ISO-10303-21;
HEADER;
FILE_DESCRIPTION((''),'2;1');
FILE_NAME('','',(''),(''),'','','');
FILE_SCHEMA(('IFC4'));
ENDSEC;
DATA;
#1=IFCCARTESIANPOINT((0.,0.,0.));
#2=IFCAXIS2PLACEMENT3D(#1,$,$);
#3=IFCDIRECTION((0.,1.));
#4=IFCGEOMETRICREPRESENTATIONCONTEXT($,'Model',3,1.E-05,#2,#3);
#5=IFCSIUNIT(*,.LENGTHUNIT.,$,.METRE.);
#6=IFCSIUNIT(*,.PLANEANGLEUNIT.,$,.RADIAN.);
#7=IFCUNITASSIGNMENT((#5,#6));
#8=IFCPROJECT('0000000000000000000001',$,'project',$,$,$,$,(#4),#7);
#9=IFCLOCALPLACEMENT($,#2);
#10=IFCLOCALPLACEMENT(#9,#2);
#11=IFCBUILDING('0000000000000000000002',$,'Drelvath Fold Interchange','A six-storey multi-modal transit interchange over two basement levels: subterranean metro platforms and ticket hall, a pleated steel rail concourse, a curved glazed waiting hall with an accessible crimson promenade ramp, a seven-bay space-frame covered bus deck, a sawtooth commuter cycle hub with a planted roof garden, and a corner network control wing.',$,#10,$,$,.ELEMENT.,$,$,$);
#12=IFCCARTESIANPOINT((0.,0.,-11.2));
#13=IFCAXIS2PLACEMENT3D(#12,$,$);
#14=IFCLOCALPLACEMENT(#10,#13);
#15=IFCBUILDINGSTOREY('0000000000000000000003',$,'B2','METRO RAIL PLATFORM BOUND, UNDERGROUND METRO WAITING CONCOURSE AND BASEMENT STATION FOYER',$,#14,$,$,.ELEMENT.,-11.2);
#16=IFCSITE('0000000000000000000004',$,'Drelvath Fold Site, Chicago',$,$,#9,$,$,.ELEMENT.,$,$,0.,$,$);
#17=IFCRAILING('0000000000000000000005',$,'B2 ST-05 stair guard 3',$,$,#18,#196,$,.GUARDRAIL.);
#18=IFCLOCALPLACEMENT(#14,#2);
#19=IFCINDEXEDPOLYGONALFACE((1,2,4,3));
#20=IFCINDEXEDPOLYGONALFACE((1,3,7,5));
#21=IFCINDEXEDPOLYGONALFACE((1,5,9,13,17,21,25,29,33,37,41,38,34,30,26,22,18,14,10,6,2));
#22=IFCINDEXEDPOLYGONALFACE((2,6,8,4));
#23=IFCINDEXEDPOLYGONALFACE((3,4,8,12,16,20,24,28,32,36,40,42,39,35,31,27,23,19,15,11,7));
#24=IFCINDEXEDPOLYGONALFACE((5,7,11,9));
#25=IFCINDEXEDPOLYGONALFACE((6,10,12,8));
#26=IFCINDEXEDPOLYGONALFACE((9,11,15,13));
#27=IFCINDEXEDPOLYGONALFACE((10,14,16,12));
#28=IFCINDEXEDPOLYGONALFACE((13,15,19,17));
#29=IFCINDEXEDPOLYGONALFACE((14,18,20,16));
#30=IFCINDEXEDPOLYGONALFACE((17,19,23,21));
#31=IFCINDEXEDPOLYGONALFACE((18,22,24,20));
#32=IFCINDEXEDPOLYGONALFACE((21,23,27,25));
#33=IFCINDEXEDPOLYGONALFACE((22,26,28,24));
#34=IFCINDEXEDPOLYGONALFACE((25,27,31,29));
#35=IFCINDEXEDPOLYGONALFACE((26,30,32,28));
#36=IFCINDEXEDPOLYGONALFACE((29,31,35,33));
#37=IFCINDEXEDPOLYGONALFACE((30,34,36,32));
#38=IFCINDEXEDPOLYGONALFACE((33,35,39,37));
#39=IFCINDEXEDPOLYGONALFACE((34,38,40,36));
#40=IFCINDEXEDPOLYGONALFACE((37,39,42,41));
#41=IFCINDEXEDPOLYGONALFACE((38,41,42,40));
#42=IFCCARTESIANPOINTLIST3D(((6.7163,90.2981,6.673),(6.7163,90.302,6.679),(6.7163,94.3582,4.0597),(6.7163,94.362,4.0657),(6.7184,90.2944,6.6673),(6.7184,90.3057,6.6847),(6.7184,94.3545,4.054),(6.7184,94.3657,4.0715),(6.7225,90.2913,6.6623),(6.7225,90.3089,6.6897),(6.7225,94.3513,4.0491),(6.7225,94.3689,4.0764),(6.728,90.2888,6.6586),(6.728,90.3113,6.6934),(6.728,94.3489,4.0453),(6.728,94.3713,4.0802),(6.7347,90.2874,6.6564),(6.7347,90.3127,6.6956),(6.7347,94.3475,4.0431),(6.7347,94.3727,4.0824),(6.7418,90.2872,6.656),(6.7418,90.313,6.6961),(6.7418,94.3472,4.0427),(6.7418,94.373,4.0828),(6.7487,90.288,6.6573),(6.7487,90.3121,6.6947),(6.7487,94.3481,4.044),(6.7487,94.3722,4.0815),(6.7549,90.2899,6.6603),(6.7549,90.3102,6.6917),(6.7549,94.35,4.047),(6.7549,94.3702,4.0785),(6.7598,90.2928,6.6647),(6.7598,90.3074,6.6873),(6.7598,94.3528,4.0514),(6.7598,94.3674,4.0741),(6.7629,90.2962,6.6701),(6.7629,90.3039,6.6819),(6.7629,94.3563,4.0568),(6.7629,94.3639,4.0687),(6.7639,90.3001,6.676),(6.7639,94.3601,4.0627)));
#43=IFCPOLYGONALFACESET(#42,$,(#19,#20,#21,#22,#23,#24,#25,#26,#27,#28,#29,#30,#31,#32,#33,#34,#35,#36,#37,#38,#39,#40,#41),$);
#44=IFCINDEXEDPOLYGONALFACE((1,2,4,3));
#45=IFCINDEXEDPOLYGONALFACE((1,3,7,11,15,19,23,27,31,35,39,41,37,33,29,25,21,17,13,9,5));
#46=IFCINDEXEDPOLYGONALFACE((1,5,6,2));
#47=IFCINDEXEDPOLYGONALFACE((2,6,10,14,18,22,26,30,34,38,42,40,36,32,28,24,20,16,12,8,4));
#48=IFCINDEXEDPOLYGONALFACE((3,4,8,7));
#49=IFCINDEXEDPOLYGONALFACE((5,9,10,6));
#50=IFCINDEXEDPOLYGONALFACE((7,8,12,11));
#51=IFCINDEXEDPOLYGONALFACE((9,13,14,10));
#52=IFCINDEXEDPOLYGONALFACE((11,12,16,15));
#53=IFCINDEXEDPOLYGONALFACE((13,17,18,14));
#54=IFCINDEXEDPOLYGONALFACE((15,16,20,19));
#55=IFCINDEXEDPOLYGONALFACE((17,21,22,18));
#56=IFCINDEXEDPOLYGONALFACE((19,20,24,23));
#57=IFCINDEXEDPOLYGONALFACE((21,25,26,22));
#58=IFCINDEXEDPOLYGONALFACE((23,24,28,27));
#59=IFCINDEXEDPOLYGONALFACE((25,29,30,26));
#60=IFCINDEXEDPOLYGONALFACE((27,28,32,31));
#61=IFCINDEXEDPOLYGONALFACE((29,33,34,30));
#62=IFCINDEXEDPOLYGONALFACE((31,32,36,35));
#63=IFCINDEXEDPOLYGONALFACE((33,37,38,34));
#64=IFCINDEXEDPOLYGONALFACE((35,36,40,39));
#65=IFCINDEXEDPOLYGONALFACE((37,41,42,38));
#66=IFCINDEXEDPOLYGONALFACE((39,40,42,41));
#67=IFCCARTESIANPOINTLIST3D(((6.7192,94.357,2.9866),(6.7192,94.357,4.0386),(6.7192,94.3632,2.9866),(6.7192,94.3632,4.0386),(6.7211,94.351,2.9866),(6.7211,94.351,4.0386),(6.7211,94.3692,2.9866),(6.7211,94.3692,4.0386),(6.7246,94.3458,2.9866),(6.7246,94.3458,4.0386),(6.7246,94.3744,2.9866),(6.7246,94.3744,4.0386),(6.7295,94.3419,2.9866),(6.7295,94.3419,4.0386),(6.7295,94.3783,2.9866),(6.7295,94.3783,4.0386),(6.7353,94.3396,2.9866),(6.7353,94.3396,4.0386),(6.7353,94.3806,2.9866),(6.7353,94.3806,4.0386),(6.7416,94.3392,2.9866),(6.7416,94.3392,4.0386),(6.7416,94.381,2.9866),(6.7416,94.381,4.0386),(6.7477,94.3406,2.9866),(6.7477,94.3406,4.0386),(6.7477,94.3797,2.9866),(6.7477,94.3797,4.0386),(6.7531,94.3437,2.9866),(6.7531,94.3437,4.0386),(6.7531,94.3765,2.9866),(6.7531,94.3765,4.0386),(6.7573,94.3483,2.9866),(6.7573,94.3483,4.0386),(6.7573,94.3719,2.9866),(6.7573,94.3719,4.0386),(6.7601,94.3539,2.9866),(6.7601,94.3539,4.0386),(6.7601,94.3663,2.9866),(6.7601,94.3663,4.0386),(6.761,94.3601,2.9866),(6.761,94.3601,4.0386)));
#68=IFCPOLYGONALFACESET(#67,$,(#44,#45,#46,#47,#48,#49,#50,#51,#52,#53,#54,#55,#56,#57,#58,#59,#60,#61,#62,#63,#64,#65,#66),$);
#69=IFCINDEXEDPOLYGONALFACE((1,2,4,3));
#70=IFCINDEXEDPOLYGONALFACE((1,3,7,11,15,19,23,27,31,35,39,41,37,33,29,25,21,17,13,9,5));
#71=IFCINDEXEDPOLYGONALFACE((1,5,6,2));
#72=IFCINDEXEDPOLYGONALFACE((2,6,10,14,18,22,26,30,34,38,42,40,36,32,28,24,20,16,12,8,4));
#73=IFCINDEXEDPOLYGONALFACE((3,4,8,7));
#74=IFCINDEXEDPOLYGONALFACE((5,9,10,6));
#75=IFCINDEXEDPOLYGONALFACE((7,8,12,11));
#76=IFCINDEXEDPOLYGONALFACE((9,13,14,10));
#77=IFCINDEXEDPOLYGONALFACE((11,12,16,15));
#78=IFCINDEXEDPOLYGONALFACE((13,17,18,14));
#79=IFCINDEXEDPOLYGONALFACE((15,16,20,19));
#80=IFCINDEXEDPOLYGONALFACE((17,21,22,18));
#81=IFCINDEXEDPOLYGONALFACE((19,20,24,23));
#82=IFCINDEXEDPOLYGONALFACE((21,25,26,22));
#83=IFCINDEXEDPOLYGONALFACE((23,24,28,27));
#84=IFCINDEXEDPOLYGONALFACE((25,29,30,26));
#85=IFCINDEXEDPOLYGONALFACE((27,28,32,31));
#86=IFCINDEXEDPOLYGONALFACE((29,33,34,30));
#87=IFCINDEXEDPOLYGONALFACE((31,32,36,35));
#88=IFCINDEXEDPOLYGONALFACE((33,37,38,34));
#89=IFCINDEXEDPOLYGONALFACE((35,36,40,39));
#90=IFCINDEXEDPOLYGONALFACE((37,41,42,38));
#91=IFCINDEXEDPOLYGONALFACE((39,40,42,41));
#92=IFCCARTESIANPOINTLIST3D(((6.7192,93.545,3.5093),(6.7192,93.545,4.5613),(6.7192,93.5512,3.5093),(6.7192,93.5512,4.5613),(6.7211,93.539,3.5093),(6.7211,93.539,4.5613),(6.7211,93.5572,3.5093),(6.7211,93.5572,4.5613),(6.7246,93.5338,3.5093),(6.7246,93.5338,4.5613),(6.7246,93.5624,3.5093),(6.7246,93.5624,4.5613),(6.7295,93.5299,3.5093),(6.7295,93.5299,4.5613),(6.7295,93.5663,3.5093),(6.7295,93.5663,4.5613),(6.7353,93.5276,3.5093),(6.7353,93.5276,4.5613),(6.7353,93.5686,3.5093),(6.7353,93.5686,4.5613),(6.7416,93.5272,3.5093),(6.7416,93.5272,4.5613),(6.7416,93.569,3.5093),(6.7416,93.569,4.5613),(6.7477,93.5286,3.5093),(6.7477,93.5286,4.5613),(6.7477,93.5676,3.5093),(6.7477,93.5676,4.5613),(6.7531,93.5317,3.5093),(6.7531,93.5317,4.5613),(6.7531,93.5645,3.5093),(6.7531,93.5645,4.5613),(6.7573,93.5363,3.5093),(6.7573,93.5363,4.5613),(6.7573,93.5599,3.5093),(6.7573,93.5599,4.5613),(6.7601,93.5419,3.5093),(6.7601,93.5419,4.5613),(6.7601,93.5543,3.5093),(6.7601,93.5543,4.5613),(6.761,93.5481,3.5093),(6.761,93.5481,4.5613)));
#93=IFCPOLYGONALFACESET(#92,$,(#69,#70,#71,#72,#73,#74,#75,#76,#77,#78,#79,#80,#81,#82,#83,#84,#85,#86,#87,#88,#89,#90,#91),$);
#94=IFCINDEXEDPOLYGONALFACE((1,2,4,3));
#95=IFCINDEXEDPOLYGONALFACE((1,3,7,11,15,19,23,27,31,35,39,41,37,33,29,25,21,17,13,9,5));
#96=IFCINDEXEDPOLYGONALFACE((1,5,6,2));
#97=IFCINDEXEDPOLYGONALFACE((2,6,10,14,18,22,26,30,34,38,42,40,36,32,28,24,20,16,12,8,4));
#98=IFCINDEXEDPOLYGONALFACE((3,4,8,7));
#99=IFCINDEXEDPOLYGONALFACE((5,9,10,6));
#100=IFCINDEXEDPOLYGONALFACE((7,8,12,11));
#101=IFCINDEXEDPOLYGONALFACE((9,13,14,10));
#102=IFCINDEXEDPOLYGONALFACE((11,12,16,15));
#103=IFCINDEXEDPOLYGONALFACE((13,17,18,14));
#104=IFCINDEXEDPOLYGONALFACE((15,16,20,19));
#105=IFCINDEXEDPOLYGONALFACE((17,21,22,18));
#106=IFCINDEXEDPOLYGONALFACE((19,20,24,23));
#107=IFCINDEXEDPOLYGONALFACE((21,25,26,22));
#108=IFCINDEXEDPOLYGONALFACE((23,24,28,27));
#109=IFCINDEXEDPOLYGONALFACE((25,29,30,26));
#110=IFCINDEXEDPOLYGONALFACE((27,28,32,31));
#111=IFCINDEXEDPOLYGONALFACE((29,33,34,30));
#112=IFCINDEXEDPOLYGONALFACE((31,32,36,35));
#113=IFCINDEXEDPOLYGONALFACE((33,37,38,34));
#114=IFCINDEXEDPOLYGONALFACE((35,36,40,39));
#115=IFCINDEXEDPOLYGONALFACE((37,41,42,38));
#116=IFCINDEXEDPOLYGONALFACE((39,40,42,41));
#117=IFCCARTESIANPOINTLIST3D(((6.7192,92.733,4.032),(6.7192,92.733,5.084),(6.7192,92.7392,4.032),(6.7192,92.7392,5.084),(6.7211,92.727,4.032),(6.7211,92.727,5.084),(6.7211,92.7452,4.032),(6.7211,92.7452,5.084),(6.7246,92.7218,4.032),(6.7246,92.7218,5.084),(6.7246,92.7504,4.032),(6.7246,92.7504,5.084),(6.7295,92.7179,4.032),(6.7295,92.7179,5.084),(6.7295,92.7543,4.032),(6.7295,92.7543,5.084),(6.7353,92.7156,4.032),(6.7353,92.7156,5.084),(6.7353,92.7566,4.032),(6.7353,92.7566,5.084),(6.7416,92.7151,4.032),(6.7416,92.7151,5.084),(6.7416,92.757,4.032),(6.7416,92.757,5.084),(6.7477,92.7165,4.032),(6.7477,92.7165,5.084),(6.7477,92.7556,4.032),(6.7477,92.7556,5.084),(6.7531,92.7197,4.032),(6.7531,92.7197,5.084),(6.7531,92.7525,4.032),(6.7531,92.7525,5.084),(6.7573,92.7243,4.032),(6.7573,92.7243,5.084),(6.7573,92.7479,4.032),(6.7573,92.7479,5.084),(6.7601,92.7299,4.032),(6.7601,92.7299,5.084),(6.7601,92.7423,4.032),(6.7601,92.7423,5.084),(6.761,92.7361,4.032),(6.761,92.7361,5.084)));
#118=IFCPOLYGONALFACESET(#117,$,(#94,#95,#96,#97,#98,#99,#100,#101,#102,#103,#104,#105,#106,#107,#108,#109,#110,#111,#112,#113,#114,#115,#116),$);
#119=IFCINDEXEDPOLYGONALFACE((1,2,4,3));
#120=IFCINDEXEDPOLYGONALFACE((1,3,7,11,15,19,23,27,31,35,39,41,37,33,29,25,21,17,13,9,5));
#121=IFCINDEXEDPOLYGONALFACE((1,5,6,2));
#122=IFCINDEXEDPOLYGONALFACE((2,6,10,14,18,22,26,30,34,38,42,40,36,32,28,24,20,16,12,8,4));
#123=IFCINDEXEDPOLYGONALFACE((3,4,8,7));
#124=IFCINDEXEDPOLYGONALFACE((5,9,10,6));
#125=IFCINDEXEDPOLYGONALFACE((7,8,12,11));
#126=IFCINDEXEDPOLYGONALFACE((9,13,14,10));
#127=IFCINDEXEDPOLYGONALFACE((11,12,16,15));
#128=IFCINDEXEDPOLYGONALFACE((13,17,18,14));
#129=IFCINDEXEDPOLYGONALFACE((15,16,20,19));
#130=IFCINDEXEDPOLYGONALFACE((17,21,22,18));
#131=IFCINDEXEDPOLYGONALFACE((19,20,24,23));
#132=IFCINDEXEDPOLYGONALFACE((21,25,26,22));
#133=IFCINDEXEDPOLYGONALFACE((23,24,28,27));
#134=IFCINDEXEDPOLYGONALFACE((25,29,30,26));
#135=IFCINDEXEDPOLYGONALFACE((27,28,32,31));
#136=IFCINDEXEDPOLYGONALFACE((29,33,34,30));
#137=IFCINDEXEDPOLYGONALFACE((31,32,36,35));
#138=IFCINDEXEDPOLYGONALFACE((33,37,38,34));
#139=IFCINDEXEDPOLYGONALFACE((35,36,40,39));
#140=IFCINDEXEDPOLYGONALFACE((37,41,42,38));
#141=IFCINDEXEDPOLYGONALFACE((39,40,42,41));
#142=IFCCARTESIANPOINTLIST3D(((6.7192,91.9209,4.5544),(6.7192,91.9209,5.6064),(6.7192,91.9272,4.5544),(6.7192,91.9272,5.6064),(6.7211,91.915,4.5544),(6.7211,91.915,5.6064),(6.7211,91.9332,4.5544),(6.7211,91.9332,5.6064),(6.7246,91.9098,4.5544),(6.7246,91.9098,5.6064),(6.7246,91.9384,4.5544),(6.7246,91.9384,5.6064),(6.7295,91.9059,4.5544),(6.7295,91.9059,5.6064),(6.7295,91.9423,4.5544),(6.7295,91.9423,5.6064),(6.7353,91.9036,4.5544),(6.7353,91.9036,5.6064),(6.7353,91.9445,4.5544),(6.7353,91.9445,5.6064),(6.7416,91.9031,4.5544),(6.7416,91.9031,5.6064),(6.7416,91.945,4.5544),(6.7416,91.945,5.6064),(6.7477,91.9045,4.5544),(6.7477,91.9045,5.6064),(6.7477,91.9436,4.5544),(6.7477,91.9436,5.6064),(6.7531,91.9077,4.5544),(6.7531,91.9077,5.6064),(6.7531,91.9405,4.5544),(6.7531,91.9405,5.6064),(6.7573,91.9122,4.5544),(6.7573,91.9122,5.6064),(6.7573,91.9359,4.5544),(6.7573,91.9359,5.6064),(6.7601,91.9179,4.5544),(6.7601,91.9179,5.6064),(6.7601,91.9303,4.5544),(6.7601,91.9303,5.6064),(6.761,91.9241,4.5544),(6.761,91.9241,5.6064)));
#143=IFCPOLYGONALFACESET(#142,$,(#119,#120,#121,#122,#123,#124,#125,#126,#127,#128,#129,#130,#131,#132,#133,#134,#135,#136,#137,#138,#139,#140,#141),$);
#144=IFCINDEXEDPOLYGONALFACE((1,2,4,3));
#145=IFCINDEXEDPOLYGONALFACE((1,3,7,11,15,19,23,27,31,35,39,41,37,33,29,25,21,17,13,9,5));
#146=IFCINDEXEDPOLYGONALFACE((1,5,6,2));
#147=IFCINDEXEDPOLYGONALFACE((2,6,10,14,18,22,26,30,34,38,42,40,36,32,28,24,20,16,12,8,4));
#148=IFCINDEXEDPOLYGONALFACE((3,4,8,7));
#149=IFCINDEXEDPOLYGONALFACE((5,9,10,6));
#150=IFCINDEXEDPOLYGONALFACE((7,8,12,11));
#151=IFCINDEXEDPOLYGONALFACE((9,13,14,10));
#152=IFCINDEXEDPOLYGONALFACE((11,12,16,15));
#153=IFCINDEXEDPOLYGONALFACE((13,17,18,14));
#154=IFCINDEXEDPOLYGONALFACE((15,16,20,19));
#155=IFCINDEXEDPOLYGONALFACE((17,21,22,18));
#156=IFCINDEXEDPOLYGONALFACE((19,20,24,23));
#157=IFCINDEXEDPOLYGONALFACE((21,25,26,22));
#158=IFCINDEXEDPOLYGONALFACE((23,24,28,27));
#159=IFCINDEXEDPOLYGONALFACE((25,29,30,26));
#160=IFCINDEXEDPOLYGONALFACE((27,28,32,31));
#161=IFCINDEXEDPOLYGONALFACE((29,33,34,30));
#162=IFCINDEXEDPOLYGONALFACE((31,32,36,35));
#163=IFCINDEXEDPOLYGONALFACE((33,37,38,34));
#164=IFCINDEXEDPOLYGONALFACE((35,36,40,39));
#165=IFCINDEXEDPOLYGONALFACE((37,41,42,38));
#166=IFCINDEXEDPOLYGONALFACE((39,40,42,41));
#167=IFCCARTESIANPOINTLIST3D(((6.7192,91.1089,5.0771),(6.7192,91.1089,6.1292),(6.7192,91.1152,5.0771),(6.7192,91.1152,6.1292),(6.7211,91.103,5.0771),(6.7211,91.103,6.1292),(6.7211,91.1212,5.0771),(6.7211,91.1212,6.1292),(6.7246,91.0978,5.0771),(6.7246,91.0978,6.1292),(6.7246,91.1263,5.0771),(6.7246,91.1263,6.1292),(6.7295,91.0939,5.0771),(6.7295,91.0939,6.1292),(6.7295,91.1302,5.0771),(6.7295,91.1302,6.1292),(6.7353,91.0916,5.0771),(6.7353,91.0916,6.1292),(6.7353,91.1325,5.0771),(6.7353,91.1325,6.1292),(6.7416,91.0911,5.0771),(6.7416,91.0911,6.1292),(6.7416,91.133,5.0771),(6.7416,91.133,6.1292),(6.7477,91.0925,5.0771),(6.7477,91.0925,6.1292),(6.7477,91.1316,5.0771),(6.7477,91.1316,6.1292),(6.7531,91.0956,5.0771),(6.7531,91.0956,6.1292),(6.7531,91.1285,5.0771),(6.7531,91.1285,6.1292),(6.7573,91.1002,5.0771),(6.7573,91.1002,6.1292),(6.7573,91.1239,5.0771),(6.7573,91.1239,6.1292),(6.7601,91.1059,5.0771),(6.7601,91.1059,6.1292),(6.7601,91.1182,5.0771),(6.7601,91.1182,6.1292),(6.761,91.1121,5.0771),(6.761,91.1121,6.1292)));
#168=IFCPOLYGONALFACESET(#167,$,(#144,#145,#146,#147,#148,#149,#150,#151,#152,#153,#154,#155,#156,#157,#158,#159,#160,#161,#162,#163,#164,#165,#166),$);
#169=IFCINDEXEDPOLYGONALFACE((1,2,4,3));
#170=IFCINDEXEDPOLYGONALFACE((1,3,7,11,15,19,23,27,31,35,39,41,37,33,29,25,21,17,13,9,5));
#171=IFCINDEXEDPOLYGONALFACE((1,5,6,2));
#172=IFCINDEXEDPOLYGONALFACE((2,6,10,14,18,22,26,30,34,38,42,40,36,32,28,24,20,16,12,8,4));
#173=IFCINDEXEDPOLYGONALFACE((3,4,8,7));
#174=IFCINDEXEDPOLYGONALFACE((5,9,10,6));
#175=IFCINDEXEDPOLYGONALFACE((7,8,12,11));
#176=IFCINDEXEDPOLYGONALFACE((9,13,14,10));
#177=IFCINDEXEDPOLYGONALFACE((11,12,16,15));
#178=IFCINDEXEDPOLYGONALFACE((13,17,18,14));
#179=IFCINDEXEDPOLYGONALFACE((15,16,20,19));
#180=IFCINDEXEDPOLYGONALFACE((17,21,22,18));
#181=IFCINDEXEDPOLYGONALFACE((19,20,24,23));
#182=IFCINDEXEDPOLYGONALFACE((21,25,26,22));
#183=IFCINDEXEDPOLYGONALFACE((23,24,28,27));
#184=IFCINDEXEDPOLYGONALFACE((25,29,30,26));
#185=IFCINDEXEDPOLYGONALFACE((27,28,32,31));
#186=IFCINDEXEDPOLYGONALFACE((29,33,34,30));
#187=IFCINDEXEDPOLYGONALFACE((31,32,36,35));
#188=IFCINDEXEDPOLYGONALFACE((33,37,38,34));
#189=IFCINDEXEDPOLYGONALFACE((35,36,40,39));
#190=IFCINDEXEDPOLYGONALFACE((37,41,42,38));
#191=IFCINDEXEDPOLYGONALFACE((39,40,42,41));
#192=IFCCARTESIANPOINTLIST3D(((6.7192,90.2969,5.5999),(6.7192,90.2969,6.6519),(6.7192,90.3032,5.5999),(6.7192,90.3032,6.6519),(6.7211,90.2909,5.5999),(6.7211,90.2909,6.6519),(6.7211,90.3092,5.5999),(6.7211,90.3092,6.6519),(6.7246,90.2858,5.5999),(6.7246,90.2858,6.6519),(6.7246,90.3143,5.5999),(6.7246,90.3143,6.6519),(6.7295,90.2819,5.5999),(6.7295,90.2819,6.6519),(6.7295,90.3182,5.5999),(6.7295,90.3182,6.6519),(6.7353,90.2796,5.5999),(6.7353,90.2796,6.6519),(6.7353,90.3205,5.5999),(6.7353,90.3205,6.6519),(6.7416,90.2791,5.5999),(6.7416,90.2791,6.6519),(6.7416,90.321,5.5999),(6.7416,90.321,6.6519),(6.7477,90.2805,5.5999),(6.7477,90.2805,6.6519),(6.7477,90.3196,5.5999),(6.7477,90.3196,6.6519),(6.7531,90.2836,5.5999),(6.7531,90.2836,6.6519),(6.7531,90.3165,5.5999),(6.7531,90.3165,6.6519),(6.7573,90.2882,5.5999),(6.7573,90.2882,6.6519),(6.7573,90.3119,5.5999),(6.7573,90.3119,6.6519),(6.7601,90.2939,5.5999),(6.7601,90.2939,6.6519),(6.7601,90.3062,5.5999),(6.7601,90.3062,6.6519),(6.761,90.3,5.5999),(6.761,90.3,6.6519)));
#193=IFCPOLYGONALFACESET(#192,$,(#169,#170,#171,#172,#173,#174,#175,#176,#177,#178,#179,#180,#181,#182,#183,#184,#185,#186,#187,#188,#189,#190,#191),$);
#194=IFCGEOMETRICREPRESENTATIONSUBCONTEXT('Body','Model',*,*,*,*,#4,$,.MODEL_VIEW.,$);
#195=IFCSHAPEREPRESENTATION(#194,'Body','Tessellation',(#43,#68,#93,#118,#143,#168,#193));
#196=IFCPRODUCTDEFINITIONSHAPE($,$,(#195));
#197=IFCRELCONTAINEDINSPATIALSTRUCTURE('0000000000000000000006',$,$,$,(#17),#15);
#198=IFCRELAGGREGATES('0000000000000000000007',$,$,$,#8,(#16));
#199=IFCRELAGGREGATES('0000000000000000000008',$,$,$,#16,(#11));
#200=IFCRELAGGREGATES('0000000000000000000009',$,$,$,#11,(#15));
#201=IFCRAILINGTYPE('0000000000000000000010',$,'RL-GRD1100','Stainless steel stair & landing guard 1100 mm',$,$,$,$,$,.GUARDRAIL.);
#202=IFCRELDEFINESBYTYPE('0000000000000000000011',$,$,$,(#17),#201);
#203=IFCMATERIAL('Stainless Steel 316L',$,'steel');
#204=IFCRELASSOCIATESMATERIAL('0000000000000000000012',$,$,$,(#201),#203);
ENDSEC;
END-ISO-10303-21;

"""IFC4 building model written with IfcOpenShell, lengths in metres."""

from ifc_helpers import new_model, si_unit, direction, frame, origin, origin_2d, place, context, subcontext, project, spatial, circle, extrude, material, type_object, element, save


model = new_model("IFC4")

# Units and contexts
model_context = context("Model", 3, precision=1e-05, world=origin(), true_north=direction((0.0, 1.0)))
body_context = subcontext(model_context, "Body", "Model", "MODEL_VIEW")
ifc_project = project(units=[si_unit("LENGTHUNIT", "METRE"), si_unit("PLANEANGLEUNIT", "RADIAN")], contexts=[model_context])

# Site, building, storey
site_placement = place(None, origin())
site = spatial("IfcSite", under=ifc_project, at=site_placement, Name="Drelvath Fold Site, Chicago", CompositionType="ELEMENT", RefElevation=0.0)
building_placement = place(site_placement, origin())
building = spatial("IfcBuilding", under=site, at=building_placement, Name="Drelvath Fold Interchange", Description="A six-storey multi-modal transit interchange over two basement levels: subterranean metro platforms and ticket hall, a pleated steel rail concourse, a curved glazed waiting hall with an accessible crimson promenade ramp, a seven-bay space-frame covered bus deck, a sawtooth commuter cycle hub with a planted roof garden, and a corner network control wing.", CompositionType="ELEMENT")
storey_placement = place(building_placement, frame((0.0, 0.0, -11.2)))
storey = spatial("IfcBuildingStorey", under=building, at=storey_placement, Name="B2", Description="METRO RAIL PLATFORM BOUND, UNDERGROUND METRO WAITING CONCOURSE AND BASEMENT STATION FOYER", CompositionType="ELEMENT", Elevation=-11.2)

# Railing
ifc_material_1 = material(Name="Stainless Steel 316L", Category="steel")
railing_type_1 = type_object("IfcRailingType", Name="RL-GRD1100", Description="Stainless steel stair & landing guard 1100 mm", PredefinedType="GUARDRAIL", material=ifc_material_1)
railing_1_placement = place(storey_placement, frame((6.74, 94.3601, 2.9866)))
element("IfcRailing", 1, at=railing_1_placement, inside=storey, type_object=railing_type_1, Name="B2 ST-05 stair guard 3", PredefinedType="GUARDRAIL", context=body_context, shape_type="SweptSolid", body=[
    extrude(circle(Radius=0.0239, at=origin_2d()), frame((0.0, 0.0, 1.0762), z_axis=(0.0, -0.840873, 0.541233), x_axis=(1.0, 0.0, 0.0)), (0.0, 0.0, 1.0), 4.8284),
    extrude(circle(Radius=0.021, at=origin_2d()), origin(), (0.0, 0.0, 1.0), 1.052),
    extrude(circle(Radius=0.021, at=origin_2d()), frame((0.0, -0.812, 0.5227)), (0.0, 0.0, 1.0), 1.052),
    extrude(circle(Radius=0.021, at=origin_2d()), frame((0.0, -1.624, 1.0454)), (0.0, 0.0, 1.0), 1.052),
    extrude(circle(Radius=0.021, at=origin_2d()), frame((0.0, -2.436, 1.5679)), (0.0, 0.0, 1.0), 1.052),
    extrude(circle(Radius=0.021, at=origin_2d()), frame((0.0, -3.248, 2.0906)), (0.0, 0.0, 1.0), 1.052),
    extrude(circle(Radius=0.021, at=origin_2d()), frame((0.0, -4.0601, 2.6133)), (0.0, 0.0, 1.0), 1.052),
])

save(model, "model.ifc")
